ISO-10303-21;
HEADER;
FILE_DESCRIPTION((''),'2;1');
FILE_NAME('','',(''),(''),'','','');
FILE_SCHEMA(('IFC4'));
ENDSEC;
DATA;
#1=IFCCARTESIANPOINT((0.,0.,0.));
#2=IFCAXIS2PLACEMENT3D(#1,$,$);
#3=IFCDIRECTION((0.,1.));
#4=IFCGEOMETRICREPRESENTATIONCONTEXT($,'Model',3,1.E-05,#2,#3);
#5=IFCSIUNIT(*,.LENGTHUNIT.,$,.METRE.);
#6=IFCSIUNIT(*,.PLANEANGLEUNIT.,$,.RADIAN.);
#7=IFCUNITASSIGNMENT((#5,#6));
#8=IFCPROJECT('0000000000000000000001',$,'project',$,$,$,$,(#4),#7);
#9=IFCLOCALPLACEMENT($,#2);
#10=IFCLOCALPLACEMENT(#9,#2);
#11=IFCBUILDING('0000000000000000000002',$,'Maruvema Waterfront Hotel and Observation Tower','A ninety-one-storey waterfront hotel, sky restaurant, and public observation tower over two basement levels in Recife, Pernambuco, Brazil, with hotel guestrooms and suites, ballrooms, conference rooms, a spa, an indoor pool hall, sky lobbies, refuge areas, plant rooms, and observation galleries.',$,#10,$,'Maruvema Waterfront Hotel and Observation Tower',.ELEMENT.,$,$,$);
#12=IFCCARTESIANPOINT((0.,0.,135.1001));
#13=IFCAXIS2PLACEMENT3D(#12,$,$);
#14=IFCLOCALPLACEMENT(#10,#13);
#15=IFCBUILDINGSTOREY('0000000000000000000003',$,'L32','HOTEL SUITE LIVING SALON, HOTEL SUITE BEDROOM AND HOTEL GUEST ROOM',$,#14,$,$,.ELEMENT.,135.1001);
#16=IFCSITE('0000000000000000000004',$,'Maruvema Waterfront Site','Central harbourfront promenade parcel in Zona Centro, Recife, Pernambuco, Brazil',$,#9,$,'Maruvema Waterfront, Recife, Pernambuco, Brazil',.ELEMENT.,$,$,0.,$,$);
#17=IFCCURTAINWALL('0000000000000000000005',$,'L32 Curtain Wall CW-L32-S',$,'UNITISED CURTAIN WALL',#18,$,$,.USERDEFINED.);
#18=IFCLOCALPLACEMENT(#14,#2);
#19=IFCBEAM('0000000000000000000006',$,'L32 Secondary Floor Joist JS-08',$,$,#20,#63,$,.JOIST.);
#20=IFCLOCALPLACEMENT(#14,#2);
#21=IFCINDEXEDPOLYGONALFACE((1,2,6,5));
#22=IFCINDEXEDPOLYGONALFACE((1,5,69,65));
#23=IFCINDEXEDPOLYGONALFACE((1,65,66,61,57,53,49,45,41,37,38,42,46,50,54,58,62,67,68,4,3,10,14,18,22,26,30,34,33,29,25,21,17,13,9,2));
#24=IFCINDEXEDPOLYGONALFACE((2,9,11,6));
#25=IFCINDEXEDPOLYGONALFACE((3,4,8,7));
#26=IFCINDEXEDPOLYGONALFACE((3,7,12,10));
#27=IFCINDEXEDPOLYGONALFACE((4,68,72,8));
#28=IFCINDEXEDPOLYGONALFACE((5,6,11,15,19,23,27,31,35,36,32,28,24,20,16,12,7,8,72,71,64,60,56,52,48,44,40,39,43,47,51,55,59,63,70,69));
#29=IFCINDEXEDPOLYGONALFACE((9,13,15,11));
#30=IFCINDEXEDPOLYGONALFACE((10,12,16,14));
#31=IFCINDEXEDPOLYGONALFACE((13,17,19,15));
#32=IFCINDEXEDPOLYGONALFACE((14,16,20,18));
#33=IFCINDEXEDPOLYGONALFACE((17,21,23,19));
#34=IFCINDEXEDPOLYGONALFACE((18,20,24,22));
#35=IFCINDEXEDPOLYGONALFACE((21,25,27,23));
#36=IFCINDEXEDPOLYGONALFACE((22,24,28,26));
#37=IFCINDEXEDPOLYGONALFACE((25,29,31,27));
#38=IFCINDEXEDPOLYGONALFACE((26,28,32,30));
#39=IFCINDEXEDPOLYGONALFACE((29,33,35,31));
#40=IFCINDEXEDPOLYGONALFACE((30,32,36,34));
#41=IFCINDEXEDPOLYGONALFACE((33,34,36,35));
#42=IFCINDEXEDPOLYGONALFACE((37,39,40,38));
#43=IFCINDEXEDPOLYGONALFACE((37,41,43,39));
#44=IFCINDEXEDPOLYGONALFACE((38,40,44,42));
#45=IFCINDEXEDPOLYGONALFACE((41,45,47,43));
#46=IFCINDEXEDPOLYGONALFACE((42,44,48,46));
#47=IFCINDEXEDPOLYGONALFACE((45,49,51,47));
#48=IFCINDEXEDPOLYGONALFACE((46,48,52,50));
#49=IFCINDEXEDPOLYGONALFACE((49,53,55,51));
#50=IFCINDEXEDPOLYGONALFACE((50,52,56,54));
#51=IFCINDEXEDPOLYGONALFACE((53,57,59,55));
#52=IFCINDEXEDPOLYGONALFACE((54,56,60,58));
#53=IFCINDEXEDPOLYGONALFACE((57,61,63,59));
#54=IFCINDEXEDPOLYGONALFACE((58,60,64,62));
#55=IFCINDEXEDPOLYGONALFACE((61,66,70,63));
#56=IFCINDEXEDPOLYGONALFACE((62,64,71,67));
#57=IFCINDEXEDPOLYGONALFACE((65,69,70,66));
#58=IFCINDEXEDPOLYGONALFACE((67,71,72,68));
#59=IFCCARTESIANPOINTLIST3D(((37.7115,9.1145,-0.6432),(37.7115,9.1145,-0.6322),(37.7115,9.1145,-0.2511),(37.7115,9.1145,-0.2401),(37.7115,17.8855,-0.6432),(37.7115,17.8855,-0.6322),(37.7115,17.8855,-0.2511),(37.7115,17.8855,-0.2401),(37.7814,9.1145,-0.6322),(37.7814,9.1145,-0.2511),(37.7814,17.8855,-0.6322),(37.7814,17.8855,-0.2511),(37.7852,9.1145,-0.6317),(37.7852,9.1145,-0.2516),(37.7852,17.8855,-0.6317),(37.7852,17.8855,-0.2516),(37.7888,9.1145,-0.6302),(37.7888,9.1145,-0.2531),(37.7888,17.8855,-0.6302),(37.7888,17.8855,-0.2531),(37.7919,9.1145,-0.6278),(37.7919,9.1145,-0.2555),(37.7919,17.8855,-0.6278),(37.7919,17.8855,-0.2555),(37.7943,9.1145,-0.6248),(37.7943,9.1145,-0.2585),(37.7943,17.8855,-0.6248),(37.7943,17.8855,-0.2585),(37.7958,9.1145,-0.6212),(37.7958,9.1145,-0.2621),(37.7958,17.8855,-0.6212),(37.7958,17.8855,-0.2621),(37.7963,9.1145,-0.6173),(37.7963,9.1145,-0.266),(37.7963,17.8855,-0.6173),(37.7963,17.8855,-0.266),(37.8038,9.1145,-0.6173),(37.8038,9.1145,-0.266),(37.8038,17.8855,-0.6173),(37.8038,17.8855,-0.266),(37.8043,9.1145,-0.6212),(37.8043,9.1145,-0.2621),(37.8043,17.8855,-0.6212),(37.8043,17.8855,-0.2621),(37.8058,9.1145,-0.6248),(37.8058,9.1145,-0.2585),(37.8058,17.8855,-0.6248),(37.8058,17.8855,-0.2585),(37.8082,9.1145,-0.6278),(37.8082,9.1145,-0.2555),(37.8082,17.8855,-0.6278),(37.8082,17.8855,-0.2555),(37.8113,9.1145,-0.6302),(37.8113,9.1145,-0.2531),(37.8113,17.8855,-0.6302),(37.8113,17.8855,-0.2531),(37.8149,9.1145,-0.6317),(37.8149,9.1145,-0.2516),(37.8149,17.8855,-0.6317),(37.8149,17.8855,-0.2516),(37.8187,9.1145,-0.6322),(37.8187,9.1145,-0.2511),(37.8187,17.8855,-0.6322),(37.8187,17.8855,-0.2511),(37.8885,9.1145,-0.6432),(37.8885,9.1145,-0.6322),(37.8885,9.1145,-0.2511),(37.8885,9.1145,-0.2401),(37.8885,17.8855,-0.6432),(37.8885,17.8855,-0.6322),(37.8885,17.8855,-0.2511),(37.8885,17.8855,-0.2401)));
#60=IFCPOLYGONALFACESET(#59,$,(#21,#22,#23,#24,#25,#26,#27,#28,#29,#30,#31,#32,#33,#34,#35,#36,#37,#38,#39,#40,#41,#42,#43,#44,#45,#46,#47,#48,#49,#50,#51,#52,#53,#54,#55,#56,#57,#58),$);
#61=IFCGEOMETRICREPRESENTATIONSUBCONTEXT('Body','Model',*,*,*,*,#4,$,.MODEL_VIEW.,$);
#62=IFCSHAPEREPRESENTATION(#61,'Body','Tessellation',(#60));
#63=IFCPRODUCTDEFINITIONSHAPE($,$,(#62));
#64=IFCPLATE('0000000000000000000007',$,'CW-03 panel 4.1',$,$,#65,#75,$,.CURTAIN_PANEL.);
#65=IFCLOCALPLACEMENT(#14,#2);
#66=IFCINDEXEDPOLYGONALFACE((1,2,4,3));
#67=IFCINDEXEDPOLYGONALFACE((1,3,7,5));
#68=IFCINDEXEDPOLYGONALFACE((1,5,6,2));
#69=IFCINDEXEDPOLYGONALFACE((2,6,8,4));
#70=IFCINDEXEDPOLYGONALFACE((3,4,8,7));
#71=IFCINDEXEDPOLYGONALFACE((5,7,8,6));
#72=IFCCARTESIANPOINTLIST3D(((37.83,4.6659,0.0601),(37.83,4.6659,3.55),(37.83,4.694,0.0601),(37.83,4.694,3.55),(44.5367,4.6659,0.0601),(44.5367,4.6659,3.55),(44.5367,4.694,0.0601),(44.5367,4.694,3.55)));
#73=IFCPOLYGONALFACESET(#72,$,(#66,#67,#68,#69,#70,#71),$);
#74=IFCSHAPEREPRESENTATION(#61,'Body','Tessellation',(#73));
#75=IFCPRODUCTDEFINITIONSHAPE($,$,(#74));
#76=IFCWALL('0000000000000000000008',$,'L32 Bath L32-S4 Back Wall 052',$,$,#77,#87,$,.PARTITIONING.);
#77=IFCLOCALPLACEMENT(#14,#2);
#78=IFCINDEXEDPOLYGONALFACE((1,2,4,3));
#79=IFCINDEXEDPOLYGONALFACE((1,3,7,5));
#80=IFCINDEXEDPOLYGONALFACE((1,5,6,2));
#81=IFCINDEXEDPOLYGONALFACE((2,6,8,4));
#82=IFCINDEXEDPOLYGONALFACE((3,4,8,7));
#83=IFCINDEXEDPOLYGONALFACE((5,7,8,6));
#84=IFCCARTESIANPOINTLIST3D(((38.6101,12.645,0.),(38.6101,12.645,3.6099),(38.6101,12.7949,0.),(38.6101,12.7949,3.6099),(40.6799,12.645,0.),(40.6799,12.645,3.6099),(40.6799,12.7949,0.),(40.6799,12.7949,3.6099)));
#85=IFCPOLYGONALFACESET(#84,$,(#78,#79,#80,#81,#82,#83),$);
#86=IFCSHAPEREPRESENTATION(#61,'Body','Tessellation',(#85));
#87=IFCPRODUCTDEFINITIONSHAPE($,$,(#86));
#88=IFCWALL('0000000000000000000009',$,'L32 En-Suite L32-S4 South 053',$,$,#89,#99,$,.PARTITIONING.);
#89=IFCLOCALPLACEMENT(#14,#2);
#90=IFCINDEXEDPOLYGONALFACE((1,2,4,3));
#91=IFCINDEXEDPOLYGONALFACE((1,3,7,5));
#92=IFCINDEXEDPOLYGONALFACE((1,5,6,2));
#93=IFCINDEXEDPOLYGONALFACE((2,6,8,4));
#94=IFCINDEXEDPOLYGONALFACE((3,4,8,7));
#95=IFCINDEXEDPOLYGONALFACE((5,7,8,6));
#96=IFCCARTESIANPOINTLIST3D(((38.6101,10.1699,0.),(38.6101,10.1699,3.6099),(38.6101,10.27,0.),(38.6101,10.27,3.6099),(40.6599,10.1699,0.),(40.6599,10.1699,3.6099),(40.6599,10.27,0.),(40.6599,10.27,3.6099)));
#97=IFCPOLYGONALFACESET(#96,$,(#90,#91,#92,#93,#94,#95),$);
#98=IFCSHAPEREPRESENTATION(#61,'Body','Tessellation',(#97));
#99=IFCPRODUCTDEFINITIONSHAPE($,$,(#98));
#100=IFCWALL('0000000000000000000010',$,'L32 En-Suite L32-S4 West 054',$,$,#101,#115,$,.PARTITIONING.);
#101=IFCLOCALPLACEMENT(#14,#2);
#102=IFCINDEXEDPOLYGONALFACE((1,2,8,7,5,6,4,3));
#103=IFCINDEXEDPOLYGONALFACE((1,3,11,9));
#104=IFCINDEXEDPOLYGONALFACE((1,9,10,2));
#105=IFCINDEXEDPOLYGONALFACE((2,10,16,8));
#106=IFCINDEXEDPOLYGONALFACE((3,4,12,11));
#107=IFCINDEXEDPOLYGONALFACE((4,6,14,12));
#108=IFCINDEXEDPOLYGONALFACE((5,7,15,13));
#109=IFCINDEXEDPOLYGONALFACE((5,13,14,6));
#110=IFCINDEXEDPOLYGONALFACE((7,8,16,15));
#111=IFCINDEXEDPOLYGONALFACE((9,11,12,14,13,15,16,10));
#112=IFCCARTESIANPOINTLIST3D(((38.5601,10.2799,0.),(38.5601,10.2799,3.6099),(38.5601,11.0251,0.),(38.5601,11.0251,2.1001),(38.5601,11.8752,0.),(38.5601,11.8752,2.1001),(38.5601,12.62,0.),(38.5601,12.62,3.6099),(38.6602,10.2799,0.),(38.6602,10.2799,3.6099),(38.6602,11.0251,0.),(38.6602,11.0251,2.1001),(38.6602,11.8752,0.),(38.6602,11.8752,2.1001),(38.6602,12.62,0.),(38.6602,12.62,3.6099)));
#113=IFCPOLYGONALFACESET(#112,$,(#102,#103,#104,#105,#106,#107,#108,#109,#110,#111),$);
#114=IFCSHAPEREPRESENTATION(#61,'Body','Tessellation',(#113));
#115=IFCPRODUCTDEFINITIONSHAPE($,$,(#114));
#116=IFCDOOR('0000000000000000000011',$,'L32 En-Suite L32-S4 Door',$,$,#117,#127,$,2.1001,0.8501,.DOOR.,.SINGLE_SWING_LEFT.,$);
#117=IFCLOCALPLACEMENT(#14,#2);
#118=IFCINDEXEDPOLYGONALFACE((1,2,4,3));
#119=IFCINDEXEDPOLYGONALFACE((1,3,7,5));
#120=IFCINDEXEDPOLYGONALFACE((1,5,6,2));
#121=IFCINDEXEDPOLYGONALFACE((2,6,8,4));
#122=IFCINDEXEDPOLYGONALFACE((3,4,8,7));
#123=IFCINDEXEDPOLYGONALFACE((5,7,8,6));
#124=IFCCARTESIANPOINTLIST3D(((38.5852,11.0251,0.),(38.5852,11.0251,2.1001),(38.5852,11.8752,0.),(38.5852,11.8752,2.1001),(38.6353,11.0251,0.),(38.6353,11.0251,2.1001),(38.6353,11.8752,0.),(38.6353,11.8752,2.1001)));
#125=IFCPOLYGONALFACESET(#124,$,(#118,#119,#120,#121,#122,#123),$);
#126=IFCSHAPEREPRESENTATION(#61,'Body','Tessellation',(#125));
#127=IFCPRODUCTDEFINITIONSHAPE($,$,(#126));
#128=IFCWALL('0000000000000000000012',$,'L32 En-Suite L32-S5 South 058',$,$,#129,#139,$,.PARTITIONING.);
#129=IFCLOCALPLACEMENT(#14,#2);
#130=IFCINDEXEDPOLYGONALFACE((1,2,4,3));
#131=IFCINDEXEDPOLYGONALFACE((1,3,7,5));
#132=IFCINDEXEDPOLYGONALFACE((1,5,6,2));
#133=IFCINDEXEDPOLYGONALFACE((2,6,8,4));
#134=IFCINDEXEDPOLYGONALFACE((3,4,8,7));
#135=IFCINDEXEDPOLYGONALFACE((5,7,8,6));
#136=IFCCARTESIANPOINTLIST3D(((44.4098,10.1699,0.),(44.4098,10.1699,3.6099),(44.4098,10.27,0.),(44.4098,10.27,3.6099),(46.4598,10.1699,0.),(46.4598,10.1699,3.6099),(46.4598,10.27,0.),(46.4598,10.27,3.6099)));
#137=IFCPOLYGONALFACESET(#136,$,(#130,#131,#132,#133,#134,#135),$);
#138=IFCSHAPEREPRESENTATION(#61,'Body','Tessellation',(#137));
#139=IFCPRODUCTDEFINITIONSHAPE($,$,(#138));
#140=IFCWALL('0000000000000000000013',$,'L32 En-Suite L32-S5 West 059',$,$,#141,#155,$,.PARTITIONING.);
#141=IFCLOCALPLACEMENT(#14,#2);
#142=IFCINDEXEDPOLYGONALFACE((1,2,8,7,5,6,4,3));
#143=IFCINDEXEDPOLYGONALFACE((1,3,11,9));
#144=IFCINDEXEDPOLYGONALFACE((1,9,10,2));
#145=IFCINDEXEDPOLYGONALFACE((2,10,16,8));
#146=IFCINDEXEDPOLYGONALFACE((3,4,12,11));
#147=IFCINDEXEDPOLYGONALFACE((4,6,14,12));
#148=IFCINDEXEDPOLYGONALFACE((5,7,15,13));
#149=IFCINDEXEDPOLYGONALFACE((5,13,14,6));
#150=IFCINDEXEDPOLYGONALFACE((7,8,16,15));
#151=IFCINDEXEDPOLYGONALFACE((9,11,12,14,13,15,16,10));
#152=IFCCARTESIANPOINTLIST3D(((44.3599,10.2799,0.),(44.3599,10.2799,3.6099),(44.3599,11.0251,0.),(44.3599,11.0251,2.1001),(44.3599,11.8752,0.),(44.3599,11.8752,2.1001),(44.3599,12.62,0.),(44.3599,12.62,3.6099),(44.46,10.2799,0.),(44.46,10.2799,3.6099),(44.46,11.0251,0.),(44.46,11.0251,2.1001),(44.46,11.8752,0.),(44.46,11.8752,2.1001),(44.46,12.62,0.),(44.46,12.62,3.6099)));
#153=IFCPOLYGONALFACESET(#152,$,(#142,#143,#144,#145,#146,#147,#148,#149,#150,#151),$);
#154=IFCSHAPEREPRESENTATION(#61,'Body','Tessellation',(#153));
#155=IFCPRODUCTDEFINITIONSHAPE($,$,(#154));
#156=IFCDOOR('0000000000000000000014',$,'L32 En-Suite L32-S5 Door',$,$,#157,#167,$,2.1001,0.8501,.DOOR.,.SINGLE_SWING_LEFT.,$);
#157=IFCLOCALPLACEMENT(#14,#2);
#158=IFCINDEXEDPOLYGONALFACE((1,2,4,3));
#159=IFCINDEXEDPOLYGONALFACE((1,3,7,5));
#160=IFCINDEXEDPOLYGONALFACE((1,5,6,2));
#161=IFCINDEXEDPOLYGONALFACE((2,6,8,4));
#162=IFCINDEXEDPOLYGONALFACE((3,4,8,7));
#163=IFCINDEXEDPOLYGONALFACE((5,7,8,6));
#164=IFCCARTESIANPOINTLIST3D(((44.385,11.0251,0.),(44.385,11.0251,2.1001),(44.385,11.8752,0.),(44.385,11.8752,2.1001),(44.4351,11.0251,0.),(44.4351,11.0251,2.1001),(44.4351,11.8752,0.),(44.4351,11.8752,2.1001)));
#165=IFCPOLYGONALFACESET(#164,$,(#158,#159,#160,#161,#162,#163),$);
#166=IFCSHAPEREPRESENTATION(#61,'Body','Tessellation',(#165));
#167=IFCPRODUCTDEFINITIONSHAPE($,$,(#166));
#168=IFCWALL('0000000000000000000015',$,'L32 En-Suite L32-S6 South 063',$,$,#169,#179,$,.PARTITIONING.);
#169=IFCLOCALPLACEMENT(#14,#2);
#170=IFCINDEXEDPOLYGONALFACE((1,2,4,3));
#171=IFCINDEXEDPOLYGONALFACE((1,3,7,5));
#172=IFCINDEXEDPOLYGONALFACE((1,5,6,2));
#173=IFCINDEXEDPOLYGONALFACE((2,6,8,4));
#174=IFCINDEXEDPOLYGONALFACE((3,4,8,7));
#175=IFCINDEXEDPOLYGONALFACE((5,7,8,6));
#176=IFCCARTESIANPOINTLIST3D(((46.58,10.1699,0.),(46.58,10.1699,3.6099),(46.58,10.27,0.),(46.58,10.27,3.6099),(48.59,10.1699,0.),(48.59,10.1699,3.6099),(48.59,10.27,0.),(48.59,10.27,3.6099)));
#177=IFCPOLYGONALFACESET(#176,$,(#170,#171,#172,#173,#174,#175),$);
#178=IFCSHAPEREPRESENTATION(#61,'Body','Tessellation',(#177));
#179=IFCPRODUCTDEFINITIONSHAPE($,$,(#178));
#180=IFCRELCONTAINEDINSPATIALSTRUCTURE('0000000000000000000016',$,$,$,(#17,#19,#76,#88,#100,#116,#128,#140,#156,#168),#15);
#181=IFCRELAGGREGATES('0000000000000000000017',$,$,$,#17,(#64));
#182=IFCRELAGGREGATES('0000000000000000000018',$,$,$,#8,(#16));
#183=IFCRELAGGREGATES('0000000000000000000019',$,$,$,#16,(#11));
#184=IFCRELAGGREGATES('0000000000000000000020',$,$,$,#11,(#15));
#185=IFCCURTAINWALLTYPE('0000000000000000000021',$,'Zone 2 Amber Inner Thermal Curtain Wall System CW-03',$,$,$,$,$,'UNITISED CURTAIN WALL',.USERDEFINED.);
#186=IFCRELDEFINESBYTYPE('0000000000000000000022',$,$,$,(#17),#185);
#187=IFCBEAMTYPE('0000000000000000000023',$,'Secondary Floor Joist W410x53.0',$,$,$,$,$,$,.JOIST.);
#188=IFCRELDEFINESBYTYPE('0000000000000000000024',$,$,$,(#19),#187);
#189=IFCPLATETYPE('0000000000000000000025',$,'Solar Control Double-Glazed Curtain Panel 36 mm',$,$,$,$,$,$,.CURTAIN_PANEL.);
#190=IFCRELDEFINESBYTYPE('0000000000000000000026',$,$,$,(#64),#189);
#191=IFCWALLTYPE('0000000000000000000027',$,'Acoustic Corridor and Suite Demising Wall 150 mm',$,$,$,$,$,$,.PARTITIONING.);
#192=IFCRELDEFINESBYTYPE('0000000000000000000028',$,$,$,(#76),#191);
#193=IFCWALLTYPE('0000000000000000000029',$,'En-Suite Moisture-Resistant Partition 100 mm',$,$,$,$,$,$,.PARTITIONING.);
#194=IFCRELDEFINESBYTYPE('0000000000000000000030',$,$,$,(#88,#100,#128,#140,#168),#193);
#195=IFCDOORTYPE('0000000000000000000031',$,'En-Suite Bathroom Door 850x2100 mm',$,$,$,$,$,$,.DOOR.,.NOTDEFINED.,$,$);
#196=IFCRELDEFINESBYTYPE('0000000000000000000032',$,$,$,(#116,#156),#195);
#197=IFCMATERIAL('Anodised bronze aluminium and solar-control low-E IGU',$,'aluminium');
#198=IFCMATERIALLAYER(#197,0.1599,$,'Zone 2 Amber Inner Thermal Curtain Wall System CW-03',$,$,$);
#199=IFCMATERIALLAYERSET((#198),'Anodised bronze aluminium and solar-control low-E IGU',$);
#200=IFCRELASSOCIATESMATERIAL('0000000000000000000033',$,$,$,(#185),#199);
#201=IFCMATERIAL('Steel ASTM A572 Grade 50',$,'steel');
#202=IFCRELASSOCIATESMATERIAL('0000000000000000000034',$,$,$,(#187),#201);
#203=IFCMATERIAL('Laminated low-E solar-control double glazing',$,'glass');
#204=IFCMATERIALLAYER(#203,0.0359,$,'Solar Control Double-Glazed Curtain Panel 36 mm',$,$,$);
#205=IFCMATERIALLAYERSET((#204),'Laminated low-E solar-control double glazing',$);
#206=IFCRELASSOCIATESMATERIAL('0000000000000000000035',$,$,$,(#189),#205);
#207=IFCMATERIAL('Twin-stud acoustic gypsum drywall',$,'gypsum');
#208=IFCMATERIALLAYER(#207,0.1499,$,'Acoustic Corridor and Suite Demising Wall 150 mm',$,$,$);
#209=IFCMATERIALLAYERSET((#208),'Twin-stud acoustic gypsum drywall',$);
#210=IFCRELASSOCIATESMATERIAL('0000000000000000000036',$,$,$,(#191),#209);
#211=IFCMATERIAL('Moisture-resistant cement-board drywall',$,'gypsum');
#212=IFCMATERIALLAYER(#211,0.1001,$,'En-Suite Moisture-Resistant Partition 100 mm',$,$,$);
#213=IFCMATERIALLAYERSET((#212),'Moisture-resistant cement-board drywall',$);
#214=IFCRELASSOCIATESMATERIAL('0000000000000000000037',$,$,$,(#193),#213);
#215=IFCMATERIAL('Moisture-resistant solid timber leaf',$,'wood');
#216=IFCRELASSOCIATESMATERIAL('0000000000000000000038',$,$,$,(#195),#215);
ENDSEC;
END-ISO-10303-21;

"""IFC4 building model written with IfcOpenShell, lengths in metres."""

from ifc_helpers import new_model, si_unit, direction, frame, frame_2d, origin, origin_2d, place, context, subcontext, project, spatial, rectangle, i_section, extrude, material, layer, layer_set, material_profile, profile_set, type_object, element, fill, aggregate, save


model = new_model("IFC4")

# Units and contexts
model_context = context("Model", 3, precision=1e-05, world=origin(), true_north=direction((0.0, 1.0)))
body_context = subcontext(model_context, "Body", "Model", "MODEL_VIEW")
ifc_project = project(units=[si_unit("LENGTHUNIT", "METRE"), si_unit("PLANEANGLEUNIT", "RADIAN")], contexts=[model_context])

# Site, building, storey
site_placement = place(None, origin())
site = spatial("IfcSite", under=ifc_project, at=site_placement, Name="Maruvema Waterfront Site", Description="Central harbourfront promenade parcel in Zona Centro, Recife, Pernambuco, Brazil", LongName="Maruvema Waterfront, Recife, Pernambuco, Brazil", CompositionType="ELEMENT", RefElevation=0.0)
building_placement = place(site_placement, origin())
building = spatial("IfcBuilding", under=site, at=building_placement, Name="Maruvema Waterfront Hotel and Observation Tower", Description="A ninety-one-storey waterfront hotel, sky restaurant, and public observation tower over two basement levels in Recife, Pernambuco, Brazil, with hotel guestrooms and suites, ballrooms, conference rooms, a spa, an indoor pool hall, sky lobbies, refuge areas, plant rooms, and observation galleries.", LongName="Maruvema Waterfront Hotel and Observation Tower", CompositionType="ELEMENT")
storey_placement = place(building_placement, frame((0.0, 0.0, 135.1001)))
storey = spatial("IfcBuildingStorey", under=building, at=storey_placement, Name="L32", Description="HOTEL SUITE LIVING SALON, HOTEL SUITE BEDROOM AND HOTEL GUEST ROOM", CompositionType="ELEMENT", Elevation=135.1001)

# Curtain wall
ifc_material_1 = material(Name="Anodised bronze aluminium and solar-control low-E IGU", Category="aluminium")
ifc_layer_1 = layer(ifc_material_1, 0.1599, Name="Zone 2 Amber Inner Thermal Curtain Wall System CW-03")
ifc_layer_set_1 = layer_set([ifc_layer_1], Name="Anodised bronze aluminium and solar-control low-E IGU")
curtain_wall_type = type_object("IfcCurtainWallType", Name="Zone 2 Amber Inner Thermal Curtain Wall System CW-03", ElementType="UNITISED CURTAIN WALL", PredefinedType="USERDEFINED", material=ifc_layer_set_1)
curtain_wall_placement = place(storey_placement, origin())
curtain_wall = element("IfcCurtainWall", 1, at=curtain_wall_placement, inside=storey, type_object=curtain_wall_type, Name="L32 Curtain Wall CW-L32-S", ObjectType="UNITISED CURTAIN WALL", PredefinedType="USERDEFINED")

# Beam
ifc_material_2 = material(Name="Steel ASTM A572 Grade 50", Category="steel")
ifc_material_profile_1 = material_profile(ifc_material_2, i_section(OverallWidth=0.177, OverallDepth=0.4031, WebThickness=0.0076, FlangeThickness=0.011, FilletRadius=0.0149, at=origin_2d()), Name="W410x53.0")
ifc_profile_set_1 = profile_set([ifc_material_profile_1], Name="Steel ASTM A572 Grade 50")
beam_type_1 = type_object("IfcBeamType", Name="Secondary Floor Joist W410x53.0", PredefinedType="JOIST", material=ifc_profile_set_1)
beam_1_placement = place(storey_placement, frame((37.8, 9.1145, -0.4417), z_axis=(0.0, 1.0, 0.0), x_axis=(-1.0, 0.0, 0.0)))
element("IfcBeam", 2, at=beam_1_placement, inside=storey, type_object=beam_type_1, Name="L32 Secondary Floor Joist JS-08", PredefinedType="JOIST", context=body_context, shape_type="SweptSolid", body=[
    extrude(i_section(OverallWidth=0.177, OverallDepth=0.4031, WebThickness=0.0076, FlangeThickness=0.011, FilletRadius=0.0149, at=origin_2d()), origin(), (0.0, 0.0, 1.0), 8.771),
])

# Plate
ifc_material_3 = material(Name="Laminated low-E solar-control double glazing", Category="glass")
ifc_layer_2 = layer(ifc_material_3, 0.0359, Name="Solar Control Double-Glazed Curtain Panel 36 mm")
ifc_layer_set_2 = layer_set([ifc_layer_2], Name="Laminated low-E solar-control double glazing")
plate_type = type_object("IfcPlateType", Name="Solar Control Double-Glazed Curtain Panel 36 mm", PredefinedType="CURTAIN_PANEL", material=ifc_layer_set_2)
plate_placement = place(storey_placement, frame((41.1833, 4.6799, 0.0601), z_axis=(0.0, 0.0, 1.0), x_axis=(1.0, 0.0, 0.0)))
plate = element("IfcPlate", 3, at=plate_placement, type_object=plate_type, Name="CW-03 panel 4.1", PredefinedType="CURTAIN_PANEL", context=body_context, shape_type="SweptSolid", body=[
    extrude(rectangle(XDim=6.7068, YDim=0.0281, at=origin_2d()), origin(), (0.0, 0.0, 1.0), 3.49),
])
aggregate(curtain_wall, [plate])

# Wall
ifc_material_4 = material(Name="Twin-stud acoustic gypsum drywall", Category="gypsum")
ifc_layer_3 = layer(ifc_material_4, 0.1499, Name="Acoustic Corridor and Suite Demising Wall 150 mm")
ifc_layer_set_3 = layer_set([ifc_layer_3], Name="Twin-stud acoustic gypsum drywall")
wall_type_1 = type_object("IfcWallType", Name="Acoustic Corridor and Suite Demising Wall 150 mm", PredefinedType="PARTITIONING", material=ifc_layer_set_3)
wall_1_placement = place(storey_placement, frame((38.6101, 12.72, 0.0), z_axis=(0.0, 0.0, 1.0), x_axis=(1.0, 0.0, 0.0)))
element("IfcWall", 4, at=wall_1_placement, inside=storey, type_object=wall_type_1, Name="L32 Bath L32-S4 Back Wall 052", PredefinedType="PARTITIONING", context=body_context, shape_type="SweptSolid", body=[
    extrude(rectangle(XDim=2.0698, YDim=0.1499, at=frame_2d((1.0349, 0.0))), origin(), (0.0, 0.0, 1.0), 3.6099),
])

# Wall
ifc_material_5 = material(Name="Moisture-resistant cement-board drywall", Category="gypsum")
ifc_layer_4 = layer(ifc_material_5, 0.1001, Name="En-Suite Moisture-Resistant Partition 100 mm")
ifc_layer_set_4 = layer_set([ifc_layer_4], Name="Moisture-resistant cement-board drywall")
wall_type_2 = type_object("IfcWallType", Name="En-Suite Moisture-Resistant Partition 100 mm", PredefinedType="PARTITIONING", material=ifc_layer_set_4)
wall_2_placement = place(storey_placement, frame((38.6101, 10.22, 0.0), z_axis=(0.0, 0.0, 1.0), x_axis=(1.0, 0.0, 0.0)))
element("IfcWall", 5, at=wall_2_placement, inside=storey, type_object=wall_type_2, Name="L32 En-Suite L32-S4 South 053", PredefinedType="PARTITIONING", context=body_context, shape_type="SweptSolid", body=[
    extrude(rectangle(XDim=2.0498, YDim=0.1001, at=frame_2d((1.0249, 0.0))), origin(), (0.0, 0.0, 1.0), 3.6099),
])

# Wall, opening, door
wall_3_placement = place(storey_placement, frame((38.6101, 10.28, 0.0), z_axis=(0.0, 0.0, 1.0), x_axis=(0.0, 1.0, 0.0)))
wall_3 = element("IfcWall", 6, at=wall_3_placement, inside=storey, type_object=wall_type_2, Name="L32 En-Suite L32-S4 West 054", PredefinedType="PARTITIONING", context=body_context, shape_type="SweptSolid", body=[
    extrude(rectangle(XDim=2.3401, YDim=0.1001, at=frame_2d((1.1699, 0.0))), origin(), (0.0, 0.0, 1.0), 3.6099),
])
opening_1_placement = place(wall_3_placement, frame((0.7451, 0.0, 0.0)))
opening_1 = element("IfcOpeningElement", 7, at=opening_1_placement, cuts=wall_3, PredefinedType="OPENING", context=body_context, shape_type="SweptSolid", body=[
    extrude(rectangle(XDim=0.8501, YDim=2.1001, at=frame_2d((0.425, 1.05))), frame((0.0, 0.0601, 0.0), z_axis=(0.0, -1.0, 0.0), x_axis=(1.0, 0.0, 0.0)), (0.0, 0.0, 1.0), 0.1201),
])
ifc_material_6 = material(Name="Moisture-resistant solid timber leaf", Category="wood")
door_type_1 = type_object("IfcDoorType", Name="En-Suite Bathroom Door 850x2100 mm", OperationType="NOTDEFINED", PredefinedType="DOOR", material=ifc_material_6)
door_1_placement = place(opening_1_placement, origin())
door_1 = element("IfcDoor", 8, at=door_1_placement, inside=storey, type_object=door_type_1, Name="L32 En-Suite L32-S4 Door", OperationType="SINGLE_SWING_LEFT", OverallHeight=2.1001, OverallWidth=0.8501, PredefinedType="DOOR", context=body_context, shape_type="SweptSolid", body=[
    extrude(rectangle(XDim=0.8501, YDim=2.1001, at=frame_2d((0.425, 1.05))), frame((0.0, 0.0249, 0.0), z_axis=(0.0, -1.0, 0.0), x_axis=(1.0, 0.0, 0.0)), (0.0, 0.0, 1.0), 0.05),
])
fill(opening_1, door_1)

# Wall
wall_4_placement = place(storey_placement, frame((44.4099, 10.22, 0.0), z_axis=(0.0, 0.0, 1.0), x_axis=(1.0, 0.0, 0.0)))
element("IfcWall", 9, at=wall_4_placement, inside=storey, type_object=wall_type_2, Name="L32 En-Suite L32-S5 South 058", PredefinedType="PARTITIONING", context=body_context, shape_type="SweptSolid", body=[
    extrude(rectangle(XDim=2.05, YDim=0.1001, at=frame_2d((1.0249, 0.0))), origin(), (0.0, 0.0, 1.0), 3.6099),
])

# Wall, opening, door
wall_5_placement = place(storey_placement, frame((44.4099, 10.28, 0.0), z_axis=(0.0, 0.0, 1.0), x_axis=(0.0, 1.0, 0.0)))
wall_5 = element("IfcWall", 10, at=wall_5_placement, inside=storey, type_object=wall_type_2, Name="L32 En-Suite L32-S5 West 059", PredefinedType="PARTITIONING", context=body_context, shape_type="SweptSolid", body=[
    extrude(rectangle(XDim=2.3401, YDim=0.1001, at=frame_2d((1.1699, 0.0))), origin(), (0.0, 0.0, 1.0), 3.6099),
])
opening_2_placement = place(wall_5_placement, frame((0.7451, 0.0, 0.0)))
opening_2 = element("IfcOpeningElement", 11, at=opening_2_placement, cuts=wall_5, PredefinedType="OPENING", context=body_context, shape_type="SweptSolid", body=[
    extrude(rectangle(XDim=0.8501, YDim=2.1001, at=frame_2d((0.425, 1.05))), frame((0.0, 0.0601, 0.0), z_axis=(0.0, -1.0, 0.0), x_axis=(1.0, 0.0, 0.0)), (0.0, 0.0, 1.0), 0.1201),
])
door_2_placement = place(opening_2_placement, origin())
door_2 = element("IfcDoor", 12, at=door_2_placement, inside=storey, type_object=door_type_1, Name="L32 En-Suite L32-S5 Door", OperationType="SINGLE_SWING_LEFT", OverallHeight=2.1001, OverallWidth=0.8501, PredefinedType="DOOR", context=body_context, shape_type="SweptSolid", body=[
    extrude(rectangle(XDim=0.8501, YDim=2.1001, at=frame_2d((0.425, 1.05))), frame((0.0, 0.0249, 0.0), z_axis=(0.0, -1.0, 0.0), x_axis=(1.0, 0.0, 0.0)), (0.0, 0.0, 1.0), 0.05),
])
fill(opening_2, door_2)

# Wall
wall_6_placement = place(storey_placement, frame((46.5801, 10.22, 0.0), z_axis=(0.0, 0.0, 1.0), x_axis=(1.0, 0.0, 0.0)))
element("IfcWall", 13, at=wall_6_placement, inside=storey, type_object=wall_type_2, Name="L32 En-Suite L32-S6 South 063", PredefinedType="PARTITIONING", context=body_context, shape_type="SweptSolid", body=[
    extrude(rectangle(XDim=2.01, YDim=0.1001, at=frame_2d((1.0049, 0.0))), origin(), (0.0, 0.0, 1.0), 3.6099),
])

save(model, "model.ifc")
